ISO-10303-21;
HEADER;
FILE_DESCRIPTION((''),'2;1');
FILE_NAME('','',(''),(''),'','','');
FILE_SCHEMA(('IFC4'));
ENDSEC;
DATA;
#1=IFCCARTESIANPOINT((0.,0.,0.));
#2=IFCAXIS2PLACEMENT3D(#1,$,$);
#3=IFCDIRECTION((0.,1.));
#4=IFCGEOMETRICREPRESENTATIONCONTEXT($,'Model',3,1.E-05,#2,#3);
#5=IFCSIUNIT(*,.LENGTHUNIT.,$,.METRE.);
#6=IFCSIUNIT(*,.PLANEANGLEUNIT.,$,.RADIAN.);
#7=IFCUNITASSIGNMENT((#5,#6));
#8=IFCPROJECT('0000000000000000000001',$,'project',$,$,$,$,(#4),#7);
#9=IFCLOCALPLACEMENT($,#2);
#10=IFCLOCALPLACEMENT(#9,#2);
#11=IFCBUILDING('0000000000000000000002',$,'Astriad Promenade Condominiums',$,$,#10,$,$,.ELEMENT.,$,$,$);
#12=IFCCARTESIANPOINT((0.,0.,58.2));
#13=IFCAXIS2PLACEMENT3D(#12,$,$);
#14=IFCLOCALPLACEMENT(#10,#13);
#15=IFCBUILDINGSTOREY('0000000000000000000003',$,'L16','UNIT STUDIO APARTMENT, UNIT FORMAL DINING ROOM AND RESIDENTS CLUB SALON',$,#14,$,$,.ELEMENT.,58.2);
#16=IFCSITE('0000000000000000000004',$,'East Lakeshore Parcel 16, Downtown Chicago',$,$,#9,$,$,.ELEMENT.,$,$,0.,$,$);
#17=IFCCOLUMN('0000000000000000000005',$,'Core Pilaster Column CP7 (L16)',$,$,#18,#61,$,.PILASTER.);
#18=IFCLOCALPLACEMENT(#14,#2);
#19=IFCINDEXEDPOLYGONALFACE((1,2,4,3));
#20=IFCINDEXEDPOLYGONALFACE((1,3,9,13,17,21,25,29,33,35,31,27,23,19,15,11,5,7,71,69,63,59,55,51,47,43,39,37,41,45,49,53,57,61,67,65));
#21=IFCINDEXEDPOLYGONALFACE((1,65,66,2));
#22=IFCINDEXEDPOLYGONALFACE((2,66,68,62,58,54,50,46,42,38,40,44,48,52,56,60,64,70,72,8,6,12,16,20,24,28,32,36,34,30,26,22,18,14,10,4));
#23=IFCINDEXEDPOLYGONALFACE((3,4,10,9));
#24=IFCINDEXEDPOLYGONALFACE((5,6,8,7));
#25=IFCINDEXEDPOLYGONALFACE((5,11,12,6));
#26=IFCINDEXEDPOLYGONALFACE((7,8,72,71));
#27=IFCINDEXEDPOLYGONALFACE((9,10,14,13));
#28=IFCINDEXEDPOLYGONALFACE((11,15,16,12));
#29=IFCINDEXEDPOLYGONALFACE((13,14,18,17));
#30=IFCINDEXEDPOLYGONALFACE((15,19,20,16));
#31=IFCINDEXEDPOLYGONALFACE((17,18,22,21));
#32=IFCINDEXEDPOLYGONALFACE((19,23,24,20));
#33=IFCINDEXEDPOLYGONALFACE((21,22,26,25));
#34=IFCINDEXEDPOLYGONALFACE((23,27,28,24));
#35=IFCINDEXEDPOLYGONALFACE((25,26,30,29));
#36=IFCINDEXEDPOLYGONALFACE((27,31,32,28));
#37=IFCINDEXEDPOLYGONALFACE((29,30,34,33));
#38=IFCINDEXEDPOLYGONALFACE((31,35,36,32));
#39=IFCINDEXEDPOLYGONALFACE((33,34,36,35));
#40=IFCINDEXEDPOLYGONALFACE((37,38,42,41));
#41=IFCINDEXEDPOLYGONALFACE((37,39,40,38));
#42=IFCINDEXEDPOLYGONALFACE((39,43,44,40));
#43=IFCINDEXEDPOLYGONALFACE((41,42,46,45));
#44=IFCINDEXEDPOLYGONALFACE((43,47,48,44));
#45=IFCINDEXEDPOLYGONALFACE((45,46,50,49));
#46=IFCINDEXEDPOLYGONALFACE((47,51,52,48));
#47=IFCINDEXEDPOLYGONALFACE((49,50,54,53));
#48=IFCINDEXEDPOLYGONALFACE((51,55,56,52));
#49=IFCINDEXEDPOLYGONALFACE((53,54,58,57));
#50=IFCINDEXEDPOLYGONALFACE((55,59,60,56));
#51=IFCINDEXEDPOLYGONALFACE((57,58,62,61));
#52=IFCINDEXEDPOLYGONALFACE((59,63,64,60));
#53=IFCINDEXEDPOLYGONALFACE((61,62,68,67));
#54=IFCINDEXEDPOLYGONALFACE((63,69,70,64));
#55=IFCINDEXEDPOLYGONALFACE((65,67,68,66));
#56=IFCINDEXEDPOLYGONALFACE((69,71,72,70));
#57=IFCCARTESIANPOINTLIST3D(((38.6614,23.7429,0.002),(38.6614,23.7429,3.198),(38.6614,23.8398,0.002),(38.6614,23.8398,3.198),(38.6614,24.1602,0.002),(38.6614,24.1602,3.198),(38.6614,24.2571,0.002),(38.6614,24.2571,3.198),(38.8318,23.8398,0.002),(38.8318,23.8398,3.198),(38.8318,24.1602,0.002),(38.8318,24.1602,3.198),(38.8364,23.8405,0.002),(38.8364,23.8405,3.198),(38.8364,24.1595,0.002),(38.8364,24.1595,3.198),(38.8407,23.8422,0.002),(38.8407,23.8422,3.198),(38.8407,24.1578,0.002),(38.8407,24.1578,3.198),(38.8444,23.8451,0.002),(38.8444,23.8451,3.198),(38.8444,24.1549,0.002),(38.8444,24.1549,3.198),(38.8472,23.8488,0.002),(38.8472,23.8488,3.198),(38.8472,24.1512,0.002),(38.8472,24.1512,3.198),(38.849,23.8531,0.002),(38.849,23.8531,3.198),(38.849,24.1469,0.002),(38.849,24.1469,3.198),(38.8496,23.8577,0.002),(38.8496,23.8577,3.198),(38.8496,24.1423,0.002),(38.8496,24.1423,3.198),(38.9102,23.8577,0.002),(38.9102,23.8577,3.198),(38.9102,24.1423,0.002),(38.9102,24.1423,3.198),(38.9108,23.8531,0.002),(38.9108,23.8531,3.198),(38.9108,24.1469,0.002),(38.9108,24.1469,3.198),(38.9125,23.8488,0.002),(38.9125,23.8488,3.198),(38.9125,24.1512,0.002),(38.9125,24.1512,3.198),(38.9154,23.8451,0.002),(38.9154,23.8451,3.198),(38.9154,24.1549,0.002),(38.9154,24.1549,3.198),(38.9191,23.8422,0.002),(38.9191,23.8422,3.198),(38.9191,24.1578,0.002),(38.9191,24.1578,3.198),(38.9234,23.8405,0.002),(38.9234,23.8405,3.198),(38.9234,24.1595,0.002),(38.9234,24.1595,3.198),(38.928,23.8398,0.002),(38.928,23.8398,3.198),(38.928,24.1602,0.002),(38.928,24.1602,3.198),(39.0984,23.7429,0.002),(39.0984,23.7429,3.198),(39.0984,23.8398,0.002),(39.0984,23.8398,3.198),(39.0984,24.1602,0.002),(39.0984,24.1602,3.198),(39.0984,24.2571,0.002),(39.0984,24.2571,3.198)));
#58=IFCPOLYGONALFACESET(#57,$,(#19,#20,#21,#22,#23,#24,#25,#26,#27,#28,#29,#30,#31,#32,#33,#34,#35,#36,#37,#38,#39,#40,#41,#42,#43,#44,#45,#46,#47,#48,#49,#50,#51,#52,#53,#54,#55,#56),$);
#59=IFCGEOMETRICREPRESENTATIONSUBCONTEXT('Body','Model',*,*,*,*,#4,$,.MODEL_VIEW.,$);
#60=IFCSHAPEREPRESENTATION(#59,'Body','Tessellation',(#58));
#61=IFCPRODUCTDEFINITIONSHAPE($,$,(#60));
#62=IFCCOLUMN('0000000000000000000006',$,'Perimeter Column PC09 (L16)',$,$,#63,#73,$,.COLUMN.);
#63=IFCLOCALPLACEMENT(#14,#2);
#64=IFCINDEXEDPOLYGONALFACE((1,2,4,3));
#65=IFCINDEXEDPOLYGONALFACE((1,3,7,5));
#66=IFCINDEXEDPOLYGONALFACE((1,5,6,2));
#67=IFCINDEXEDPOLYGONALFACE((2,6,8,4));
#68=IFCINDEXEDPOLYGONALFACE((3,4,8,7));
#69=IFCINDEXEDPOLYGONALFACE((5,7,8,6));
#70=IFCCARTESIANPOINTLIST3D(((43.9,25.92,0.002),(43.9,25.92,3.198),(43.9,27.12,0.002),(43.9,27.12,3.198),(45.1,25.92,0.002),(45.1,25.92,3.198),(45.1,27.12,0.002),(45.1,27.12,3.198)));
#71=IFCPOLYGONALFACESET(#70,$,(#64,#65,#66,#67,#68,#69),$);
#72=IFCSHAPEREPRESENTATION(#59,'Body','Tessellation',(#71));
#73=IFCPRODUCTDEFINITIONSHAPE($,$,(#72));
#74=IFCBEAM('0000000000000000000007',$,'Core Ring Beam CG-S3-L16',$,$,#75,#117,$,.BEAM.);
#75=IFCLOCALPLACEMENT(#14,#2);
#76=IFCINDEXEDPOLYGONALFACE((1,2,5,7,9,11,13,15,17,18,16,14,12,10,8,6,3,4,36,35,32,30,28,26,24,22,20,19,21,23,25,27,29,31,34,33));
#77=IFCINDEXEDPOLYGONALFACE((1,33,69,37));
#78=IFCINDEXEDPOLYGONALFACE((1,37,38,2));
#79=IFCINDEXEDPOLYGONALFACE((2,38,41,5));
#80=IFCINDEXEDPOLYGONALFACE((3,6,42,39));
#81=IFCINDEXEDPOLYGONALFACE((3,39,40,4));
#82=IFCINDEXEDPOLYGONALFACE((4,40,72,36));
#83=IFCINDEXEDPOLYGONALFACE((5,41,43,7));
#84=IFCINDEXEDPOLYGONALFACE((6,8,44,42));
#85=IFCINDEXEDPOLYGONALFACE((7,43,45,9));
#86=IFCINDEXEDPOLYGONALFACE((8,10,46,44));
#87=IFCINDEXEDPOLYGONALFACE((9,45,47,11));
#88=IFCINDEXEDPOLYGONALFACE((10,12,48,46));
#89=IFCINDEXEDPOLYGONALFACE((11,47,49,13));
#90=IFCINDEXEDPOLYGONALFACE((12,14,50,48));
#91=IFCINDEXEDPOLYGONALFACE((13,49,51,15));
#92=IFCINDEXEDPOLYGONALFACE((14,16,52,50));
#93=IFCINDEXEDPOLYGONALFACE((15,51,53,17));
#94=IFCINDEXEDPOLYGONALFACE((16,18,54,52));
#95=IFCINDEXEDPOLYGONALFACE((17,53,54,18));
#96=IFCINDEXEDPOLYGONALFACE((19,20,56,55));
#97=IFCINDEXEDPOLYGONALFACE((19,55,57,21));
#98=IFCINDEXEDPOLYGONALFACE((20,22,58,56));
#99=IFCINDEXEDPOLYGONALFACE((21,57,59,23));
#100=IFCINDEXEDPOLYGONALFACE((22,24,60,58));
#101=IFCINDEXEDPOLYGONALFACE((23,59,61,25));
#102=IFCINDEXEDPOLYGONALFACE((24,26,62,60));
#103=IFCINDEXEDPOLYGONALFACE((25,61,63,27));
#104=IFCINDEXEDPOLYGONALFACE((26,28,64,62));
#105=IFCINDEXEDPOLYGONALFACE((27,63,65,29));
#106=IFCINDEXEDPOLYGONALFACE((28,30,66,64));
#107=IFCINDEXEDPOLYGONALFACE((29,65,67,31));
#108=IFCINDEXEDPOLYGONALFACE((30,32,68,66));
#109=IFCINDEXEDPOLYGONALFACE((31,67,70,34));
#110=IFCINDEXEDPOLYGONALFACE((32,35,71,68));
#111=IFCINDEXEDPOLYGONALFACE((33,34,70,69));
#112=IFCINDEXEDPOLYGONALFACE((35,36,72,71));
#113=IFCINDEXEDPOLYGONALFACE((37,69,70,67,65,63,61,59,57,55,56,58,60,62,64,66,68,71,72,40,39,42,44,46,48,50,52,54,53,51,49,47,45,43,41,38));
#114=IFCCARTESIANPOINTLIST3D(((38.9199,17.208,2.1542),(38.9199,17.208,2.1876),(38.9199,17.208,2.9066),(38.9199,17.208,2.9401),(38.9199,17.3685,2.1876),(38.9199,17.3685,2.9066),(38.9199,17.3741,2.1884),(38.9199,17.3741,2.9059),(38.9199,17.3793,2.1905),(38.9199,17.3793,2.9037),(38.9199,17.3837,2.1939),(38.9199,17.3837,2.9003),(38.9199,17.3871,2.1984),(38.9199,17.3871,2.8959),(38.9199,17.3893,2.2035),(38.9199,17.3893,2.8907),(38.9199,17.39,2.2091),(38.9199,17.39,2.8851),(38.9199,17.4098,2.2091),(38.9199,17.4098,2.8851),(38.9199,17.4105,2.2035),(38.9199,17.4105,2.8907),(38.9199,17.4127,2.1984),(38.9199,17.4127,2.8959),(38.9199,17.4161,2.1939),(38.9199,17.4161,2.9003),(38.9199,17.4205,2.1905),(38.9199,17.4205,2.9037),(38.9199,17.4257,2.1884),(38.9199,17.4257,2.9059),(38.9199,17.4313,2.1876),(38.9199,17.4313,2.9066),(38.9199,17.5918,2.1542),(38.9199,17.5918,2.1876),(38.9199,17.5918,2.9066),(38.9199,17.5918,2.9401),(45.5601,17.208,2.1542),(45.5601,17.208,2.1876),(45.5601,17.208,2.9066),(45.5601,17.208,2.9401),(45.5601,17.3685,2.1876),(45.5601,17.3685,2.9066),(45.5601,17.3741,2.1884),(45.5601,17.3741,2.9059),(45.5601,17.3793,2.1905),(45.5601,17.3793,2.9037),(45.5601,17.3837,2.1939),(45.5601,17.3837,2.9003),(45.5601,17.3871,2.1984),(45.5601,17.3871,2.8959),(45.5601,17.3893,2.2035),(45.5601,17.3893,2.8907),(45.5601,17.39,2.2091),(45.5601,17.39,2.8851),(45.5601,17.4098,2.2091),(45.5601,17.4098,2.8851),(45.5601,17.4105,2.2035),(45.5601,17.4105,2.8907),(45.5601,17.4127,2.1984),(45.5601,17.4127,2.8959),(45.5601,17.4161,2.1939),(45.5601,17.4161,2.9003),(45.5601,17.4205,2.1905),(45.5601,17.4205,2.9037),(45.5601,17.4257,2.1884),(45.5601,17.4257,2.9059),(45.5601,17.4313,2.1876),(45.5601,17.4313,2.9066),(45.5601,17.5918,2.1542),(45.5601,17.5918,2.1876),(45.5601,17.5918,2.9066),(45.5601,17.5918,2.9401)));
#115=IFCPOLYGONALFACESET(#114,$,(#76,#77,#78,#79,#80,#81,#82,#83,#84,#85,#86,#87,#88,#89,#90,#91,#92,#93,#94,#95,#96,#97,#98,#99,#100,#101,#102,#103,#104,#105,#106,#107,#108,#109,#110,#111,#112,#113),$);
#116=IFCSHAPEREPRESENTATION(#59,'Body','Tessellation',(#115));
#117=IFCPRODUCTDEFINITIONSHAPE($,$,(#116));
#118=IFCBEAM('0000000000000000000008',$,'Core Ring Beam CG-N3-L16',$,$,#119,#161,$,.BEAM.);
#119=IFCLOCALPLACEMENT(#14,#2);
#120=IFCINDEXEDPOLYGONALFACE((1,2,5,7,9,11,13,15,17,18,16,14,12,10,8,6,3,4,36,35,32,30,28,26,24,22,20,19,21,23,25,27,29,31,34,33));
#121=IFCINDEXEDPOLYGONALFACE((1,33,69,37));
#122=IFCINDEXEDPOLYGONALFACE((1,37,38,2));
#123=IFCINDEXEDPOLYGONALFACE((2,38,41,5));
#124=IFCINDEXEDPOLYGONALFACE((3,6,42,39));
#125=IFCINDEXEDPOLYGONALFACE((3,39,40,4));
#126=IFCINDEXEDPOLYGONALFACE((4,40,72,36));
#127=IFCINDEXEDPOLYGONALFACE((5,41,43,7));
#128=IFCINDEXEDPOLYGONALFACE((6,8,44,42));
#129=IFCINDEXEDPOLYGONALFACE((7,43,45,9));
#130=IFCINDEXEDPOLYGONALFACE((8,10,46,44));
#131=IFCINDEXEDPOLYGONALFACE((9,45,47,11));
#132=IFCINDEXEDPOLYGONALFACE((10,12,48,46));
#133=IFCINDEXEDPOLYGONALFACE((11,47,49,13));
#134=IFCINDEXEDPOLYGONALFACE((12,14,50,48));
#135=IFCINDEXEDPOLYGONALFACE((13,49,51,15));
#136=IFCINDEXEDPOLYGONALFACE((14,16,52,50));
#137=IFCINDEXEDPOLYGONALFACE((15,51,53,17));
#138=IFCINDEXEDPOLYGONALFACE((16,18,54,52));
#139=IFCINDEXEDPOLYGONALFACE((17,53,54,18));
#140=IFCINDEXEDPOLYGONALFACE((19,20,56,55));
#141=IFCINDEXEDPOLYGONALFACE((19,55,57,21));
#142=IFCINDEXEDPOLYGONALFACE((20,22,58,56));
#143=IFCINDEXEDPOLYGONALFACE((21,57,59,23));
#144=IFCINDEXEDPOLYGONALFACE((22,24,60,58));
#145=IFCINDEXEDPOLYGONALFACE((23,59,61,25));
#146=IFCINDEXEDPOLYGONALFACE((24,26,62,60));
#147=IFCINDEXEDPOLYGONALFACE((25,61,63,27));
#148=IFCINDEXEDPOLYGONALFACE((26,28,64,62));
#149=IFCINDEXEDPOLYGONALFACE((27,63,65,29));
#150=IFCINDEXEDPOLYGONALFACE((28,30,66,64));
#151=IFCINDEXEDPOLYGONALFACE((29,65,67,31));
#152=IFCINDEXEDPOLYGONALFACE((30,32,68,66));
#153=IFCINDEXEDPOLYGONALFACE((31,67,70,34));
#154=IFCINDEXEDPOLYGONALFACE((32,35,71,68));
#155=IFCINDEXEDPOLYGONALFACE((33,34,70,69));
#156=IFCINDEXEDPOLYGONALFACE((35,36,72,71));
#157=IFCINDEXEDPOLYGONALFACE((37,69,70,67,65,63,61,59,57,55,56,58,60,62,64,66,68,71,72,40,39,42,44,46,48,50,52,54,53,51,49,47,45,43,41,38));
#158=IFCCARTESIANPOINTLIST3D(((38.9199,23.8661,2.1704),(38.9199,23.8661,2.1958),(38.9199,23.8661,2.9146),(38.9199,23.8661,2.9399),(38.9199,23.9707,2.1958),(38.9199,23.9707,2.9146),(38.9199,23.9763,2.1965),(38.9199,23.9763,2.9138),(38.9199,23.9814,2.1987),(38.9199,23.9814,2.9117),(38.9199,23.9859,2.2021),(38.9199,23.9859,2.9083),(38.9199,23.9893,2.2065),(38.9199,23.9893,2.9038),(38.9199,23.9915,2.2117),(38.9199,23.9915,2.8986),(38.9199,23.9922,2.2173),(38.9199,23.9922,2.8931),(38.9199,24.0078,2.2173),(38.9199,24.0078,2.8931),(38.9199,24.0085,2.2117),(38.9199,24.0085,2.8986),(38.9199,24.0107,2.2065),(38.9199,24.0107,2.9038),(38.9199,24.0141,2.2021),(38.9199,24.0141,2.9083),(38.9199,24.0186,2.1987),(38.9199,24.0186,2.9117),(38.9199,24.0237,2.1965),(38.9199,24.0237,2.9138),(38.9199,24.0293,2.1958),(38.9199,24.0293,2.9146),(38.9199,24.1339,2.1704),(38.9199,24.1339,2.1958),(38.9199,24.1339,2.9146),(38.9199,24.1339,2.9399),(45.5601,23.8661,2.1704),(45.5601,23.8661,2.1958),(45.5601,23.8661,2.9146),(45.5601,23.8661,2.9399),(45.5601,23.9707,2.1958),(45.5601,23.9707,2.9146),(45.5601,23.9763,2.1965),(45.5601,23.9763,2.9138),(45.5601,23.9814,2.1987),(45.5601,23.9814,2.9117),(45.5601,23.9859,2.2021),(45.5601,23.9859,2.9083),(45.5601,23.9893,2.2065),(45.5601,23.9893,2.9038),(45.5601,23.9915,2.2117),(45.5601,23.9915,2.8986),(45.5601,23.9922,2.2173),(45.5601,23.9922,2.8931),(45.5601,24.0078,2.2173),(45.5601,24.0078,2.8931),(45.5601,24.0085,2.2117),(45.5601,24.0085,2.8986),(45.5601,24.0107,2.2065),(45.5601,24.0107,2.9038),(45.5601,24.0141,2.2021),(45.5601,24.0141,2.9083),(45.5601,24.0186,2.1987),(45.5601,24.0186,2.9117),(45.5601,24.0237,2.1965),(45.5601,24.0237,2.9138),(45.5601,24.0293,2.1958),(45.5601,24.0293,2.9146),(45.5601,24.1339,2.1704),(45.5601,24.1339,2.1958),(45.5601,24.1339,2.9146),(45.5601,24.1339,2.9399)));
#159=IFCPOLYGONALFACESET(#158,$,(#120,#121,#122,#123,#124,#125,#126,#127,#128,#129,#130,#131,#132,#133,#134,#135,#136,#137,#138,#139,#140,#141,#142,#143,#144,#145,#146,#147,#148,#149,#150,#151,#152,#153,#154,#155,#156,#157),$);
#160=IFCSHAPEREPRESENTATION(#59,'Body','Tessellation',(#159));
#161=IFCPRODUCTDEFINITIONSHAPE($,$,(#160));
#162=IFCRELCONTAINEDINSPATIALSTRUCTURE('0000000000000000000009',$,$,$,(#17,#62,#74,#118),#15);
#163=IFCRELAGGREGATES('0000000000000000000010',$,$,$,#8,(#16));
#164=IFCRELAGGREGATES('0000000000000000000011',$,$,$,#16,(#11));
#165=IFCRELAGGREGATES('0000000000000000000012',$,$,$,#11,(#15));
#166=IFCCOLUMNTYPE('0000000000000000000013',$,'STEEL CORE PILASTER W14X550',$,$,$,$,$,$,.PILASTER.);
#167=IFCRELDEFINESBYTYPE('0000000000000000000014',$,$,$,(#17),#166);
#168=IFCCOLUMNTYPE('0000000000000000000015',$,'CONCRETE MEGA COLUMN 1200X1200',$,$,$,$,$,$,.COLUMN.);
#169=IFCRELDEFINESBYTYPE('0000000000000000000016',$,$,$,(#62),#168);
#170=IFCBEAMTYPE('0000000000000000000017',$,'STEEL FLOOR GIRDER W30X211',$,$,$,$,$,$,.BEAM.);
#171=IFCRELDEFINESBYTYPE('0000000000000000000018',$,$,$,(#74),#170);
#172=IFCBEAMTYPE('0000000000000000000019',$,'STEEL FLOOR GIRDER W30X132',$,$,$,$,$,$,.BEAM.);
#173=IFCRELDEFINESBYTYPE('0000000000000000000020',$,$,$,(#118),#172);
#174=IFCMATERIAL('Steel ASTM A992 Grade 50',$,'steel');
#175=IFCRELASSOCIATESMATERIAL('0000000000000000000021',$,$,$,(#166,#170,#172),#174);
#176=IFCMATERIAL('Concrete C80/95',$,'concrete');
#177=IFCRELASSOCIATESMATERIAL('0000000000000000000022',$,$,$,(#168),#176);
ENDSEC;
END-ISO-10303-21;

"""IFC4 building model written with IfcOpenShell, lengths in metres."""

from ifc_helpers import new_model, si_unit, direction, frame, origin, origin_2d, place, context, subcontext, project, spatial, rectangle, i_section, extrude, source, transform, mapped, material, material_profile, profile_set, type_object, type_shapes, element, save


model = new_model("IFC4")

# Units and contexts
model_context = context("Model", 3, precision=1e-05, world=origin(), true_north=direction((0.0, 1.0)))
body_context = subcontext(model_context, "Body", "Model", "MODEL_VIEW")
ifc_project = project(units=[si_unit("LENGTHUNIT", "METRE"), si_unit("PLANEANGLEUNIT", "RADIAN")], contexts=[model_context])

# Site, building, storey
site_placement = place(None, origin())
site = spatial("IfcSite", under=ifc_project, at=site_placement, Name="East Lakeshore Parcel 16, Downtown Chicago", CompositionType="ELEMENT", RefElevation=0.0)
building_placement = place(site_placement, origin())
building = spatial("IfcBuilding", under=site, at=building_placement, Name="Astriad Promenade Condominiums", CompositionType="ELEMENT")
storey_placement = place(building_placement, frame((0.0, 0.0, 58.2)))
storey = spatial("IfcBuildingStorey", under=building, at=storey_placement, Name="L16", Description="UNIT STUDIO APARTMENT, UNIT FORMAL DINING ROOM AND RESIDENTS CLUB SALON", CompositionType="ELEMENT", Elevation=58.2)

# Columns
ifc_material_1 = material(Name="Steel ASTM A992 Grade 50", Category="steel")
ifc_material_profile_1 = material_profile(ifc_material_1, i_section(OverallWidth=0.437, OverallDepth=0.5142, WebThickness=0.0605, FlangeThickness=0.0969, FilletRadius=0.0178, at=origin_2d()), Name="W14X550")
ifc_profile_set_1 = profile_set([ifc_material_profile_1], Name="Steel ASTM A992 Grade 50")
column_type_1 = type_object("IfcColumnType", Name="STEEL CORE PILASTER W14X550", PredefinedType="PILASTER", material=ifc_profile_set_1)
shared_shape_1 = source(origin(), body_context, "Body", "SweptSolid", [
    extrude(i_section(OverallWidth=0.437, OverallDepth=0.5142, WebThickness=0.0605, FlangeThickness=0.0969, FilletRadius=0.0178, at=origin_2d()), origin(), (0.0, 0.0, 1.0), 3.196),
])
type_shapes(column_type_1, [shared_shape_1])
column_1_placement = place(storey_placement, frame((38.8799, 24.0, 0.002), z_axis=(0.0, 0.0, 1.0), x_axis=(1.0, 0.0, 0.0)))
element("IfcColumn", 1, at=column_1_placement, inside=storey, type_object=column_type_1, Name="Core Pilaster Column CP7 (L16)", PredefinedType="PILASTER", context=body_context, shape_type="MappedRepresentation", body=[
    mapped(shared_shape_1, transform((0.0, 0.0, 0.0), scale=1.0)),
])
ifc_material_2 = material(Name="Concrete C80/95", Category="concrete")
ifc_material_profile_2 = material_profile(ifc_material_2, rectangle(XDim=1.2, YDim=1.2, at=origin_2d()), Name="RC-COL-1200X1200")
ifc_profile_set_2 = profile_set([ifc_material_profile_2], Name="Concrete C80/95")
column_type_2 = type_object("IfcColumnType", Name="CONCRETE MEGA COLUMN 1200X1200", PredefinedType="COLUMN", material=ifc_profile_set_2)
shared_shape_2 = source(origin(), body_context, "Body", "SweptSolid", [
    extrude(rectangle(XDim=1.2, YDim=1.2, at=origin_2d()), origin(), (0.0, 0.0, 1.0), 3.196),
])
type_shapes(column_type_2, [shared_shape_2])
column_2_placement = place(storey_placement, frame((44.5, 26.52, 0.002), z_axis=(0.0, 0.0, 1.0), x_axis=(1.0, 0.0, 0.0)))
element("IfcColumn", 2, at=column_2_placement, inside=storey, type_object=column_type_2, Name="Perimeter Column PC09 (L16)", PredefinedType="COLUMN", context=body_context, shape_type="MappedRepresentation", body=[
    mapped(shared_shape_2, transform((0.0, 0.0, 0.0), scale=1.0)),
])

# Beams
ifc_material_profile_3 = material_profile(ifc_material_1, i_section(OverallWidth=0.3838, OverallDepth=0.7859, WebThickness=0.0198, FlangeThickness=0.0334, FilletRadius=0.0215, at=origin_2d()), Name="W30X211")
ifc_profile_set_3 = profile_set([ifc_material_profile_3], Name="Steel ASTM A992 Grade 50")
beam_type_1 = type_object("IfcBeamType", Name="STEEL FLOOR GIRDER W30X211", PredefinedType="BEAM", material=ifc_profile_set_3)
shared_shape_3 = source(origin(), body_context, "Body", "SweptSolid", [
    extrude(i_section(OverallWidth=0.3838, OverallDepth=0.7859, WebThickness=0.0198, FlangeThickness=0.0334, FilletRadius=0.0215, at=origin_2d()), origin(), (0.0, 0.0, 1.0), 6.6401),
])
type_shapes(beam_type_1, [shared_shape_3])
beam_1_placement = place(storey_placement, frame((38.9199, 17.3999, 2.5471), z_axis=(1.0, 0.0, 0.0), x_axis=(0.0, 1.0, 0.0)))
element("IfcBeam", 3, at=beam_1_placement, inside=storey, type_object=beam_type_1, Name="Core Ring Beam CG-S3-L16", PredefinedType="BEAM", context=body_context, shape_type="MappedRepresentation", body=[
    mapped(shared_shape_3, transform((0.0, 0.0, 0.0), scale=1.0)),
])
ifc_material_profile_4 = material_profile(ifc_material_1, i_section(OverallWidth=0.2678, OverallDepth=0.7695, WebThickness=0.0156, FlangeThickness=0.0254, FilletRadius=0.0215, at=origin_2d()), Name="W30X132")
ifc_profile_set_4 = profile_set([ifc_material_profile_4], Name="Steel ASTM A992 Grade 50")
beam_type_2 = type_object("IfcBeamType", Name="STEEL FLOOR GIRDER W30X132", PredefinedType="BEAM", material=ifc_profile_set_4)
shared_shape_4 = source(origin(), body_context, "Body", "SweptSolid", [
    extrude(i_section(OverallWidth=0.2678, OverallDepth=0.7695, WebThickness=0.0156, FlangeThickness=0.0254, FilletRadius=0.0215, at=origin_2d()), origin(), (0.0, 0.0, 1.0), 6.6401),
])
type_shapes(beam_type_2, [shared_shape_4])
beam_2_placement = place(storey_placement, frame((38.9199, 24.0, 2.5552), z_axis=(1.0, 0.0, 0.0), x_axis=(0.0, 1.0, 0.0)))
element("IfcBeam", 4, at=beam_2_placement, inside=storey, type_object=beam_type_2, Name="Core Ring Beam CG-N3-L16", PredefinedType="BEAM", context=body_context, shape_type="MappedRepresentation", body=[
    mapped(shared_shape_4, transform((0.0, 0.0, 0.0), scale=1.0)),
])

save(model, "model.ifc")
